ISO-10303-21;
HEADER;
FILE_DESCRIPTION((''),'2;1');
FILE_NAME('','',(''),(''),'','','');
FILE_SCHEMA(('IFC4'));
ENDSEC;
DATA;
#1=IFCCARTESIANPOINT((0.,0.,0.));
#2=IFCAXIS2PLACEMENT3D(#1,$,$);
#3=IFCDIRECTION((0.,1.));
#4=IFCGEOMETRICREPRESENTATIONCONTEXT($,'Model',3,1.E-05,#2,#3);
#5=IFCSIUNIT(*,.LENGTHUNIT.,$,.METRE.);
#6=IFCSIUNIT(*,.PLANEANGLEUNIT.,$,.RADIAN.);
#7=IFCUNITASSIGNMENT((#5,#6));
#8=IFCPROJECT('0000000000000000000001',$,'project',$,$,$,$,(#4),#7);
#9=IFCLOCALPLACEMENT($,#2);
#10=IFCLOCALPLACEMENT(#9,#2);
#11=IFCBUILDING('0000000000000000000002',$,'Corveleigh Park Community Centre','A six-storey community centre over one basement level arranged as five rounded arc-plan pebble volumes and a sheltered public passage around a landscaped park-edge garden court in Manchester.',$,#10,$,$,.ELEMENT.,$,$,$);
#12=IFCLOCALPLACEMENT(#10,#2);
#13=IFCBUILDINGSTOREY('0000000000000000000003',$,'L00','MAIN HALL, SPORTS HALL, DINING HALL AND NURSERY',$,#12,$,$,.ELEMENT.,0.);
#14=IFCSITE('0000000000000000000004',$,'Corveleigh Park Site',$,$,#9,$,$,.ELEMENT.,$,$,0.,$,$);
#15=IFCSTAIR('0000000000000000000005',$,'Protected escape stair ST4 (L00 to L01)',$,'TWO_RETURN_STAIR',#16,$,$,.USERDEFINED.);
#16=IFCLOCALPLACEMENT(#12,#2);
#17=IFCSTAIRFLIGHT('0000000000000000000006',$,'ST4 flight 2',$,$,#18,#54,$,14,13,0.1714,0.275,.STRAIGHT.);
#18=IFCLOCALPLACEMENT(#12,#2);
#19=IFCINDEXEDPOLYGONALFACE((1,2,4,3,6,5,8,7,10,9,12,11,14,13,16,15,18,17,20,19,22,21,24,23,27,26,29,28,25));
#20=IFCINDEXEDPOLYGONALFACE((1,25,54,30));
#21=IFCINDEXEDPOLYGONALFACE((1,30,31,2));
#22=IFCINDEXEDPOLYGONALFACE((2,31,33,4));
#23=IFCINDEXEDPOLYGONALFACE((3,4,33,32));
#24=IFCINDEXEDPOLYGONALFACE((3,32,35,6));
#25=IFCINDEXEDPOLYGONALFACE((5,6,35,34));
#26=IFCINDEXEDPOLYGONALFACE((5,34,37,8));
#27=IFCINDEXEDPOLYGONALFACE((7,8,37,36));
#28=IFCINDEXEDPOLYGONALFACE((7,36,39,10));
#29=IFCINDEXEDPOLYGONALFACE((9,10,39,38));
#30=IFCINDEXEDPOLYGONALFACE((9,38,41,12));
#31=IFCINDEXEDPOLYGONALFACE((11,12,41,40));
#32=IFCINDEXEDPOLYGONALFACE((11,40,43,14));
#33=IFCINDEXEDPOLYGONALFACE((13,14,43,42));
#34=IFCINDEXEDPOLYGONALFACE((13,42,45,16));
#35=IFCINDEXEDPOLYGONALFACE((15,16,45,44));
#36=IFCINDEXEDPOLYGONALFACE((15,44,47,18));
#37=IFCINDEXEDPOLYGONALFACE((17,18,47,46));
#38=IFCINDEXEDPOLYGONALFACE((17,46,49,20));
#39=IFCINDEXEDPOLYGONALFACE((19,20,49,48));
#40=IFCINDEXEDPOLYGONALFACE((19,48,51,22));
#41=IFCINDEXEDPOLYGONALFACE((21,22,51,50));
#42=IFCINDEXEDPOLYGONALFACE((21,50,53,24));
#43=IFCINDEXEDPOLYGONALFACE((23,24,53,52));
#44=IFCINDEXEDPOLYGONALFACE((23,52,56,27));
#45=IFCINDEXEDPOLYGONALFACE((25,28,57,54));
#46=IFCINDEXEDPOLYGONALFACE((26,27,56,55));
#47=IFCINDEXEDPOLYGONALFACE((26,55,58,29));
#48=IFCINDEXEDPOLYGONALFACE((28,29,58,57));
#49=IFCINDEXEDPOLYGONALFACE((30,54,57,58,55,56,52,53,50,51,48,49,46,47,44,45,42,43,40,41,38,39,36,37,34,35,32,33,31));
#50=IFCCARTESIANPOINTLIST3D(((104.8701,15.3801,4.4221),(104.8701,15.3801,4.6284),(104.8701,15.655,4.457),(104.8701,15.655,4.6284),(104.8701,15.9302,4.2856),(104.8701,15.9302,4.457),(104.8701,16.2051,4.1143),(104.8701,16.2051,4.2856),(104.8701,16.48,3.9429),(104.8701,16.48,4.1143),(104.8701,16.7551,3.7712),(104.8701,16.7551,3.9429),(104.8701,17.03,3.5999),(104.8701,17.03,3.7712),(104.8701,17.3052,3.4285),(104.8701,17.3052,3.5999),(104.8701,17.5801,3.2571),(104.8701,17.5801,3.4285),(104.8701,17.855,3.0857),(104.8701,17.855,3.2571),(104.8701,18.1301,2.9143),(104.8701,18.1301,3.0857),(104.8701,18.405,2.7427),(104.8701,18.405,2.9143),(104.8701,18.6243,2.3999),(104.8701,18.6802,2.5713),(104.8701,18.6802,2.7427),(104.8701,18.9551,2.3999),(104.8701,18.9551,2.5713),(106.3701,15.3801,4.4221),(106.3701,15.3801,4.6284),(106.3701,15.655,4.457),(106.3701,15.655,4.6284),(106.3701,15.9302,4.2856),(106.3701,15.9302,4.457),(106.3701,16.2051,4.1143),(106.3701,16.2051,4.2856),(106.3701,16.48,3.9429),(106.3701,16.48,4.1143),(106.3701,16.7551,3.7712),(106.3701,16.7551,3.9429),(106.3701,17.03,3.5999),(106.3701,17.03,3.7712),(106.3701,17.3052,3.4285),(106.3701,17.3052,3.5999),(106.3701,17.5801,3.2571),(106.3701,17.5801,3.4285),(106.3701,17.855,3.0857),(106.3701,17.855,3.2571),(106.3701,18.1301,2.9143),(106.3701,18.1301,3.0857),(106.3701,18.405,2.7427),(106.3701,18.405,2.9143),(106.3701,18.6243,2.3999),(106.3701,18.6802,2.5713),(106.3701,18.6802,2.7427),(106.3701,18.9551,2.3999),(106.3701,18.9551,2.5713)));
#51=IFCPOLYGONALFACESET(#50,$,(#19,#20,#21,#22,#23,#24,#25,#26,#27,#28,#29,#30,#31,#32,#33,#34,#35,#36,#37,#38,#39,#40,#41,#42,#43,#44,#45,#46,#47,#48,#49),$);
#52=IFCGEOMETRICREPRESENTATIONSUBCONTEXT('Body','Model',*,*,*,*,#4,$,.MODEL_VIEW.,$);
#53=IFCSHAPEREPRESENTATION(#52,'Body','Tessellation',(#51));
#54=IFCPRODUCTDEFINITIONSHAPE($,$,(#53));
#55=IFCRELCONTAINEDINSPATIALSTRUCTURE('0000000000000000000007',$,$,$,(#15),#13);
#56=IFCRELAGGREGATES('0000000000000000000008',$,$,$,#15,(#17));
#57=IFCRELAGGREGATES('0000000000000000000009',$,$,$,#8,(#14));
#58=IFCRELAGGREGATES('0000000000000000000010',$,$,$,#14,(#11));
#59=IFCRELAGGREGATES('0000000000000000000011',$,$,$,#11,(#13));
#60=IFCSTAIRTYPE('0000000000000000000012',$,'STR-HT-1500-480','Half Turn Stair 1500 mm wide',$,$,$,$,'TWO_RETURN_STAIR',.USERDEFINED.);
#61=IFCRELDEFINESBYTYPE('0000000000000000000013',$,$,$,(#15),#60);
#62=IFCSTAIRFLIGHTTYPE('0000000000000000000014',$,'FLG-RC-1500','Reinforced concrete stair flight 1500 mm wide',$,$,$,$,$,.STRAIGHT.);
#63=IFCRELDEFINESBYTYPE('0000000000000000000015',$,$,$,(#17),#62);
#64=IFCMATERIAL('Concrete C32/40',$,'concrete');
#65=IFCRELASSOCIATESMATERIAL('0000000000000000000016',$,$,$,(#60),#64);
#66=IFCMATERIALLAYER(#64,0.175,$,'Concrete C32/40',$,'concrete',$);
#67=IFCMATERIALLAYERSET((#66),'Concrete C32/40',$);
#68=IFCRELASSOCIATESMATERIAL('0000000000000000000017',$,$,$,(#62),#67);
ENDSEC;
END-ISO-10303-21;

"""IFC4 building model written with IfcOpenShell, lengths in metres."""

from ifc_helpers import new_model, si_unit, direction, frame, origin, place, context, subcontext, project, spatial, polyline, outline, extrude, material, layer, layer_set, type_object, element, aggregate, save


model = new_model("IFC4")

# Units and contexts
model_context = context("Model", 3, precision=1e-05, world=origin(), true_north=direction((0.0, 1.0)))
body_context = subcontext(model_context, "Body", "Model", "MODEL_VIEW")
ifc_project = project(units=[si_unit("LENGTHUNIT", "METRE"), si_unit("PLANEANGLEUNIT", "RADIAN")], contexts=[model_context])

# Site, building, storey
site_placement = place(None, origin())
site = spatial("IfcSite", under=ifc_project, at=site_placement, Name="Corveleigh Park Site", CompositionType="ELEMENT", RefElevation=0.0)
building_placement = place(site_placement, origin())
building = spatial("IfcBuilding", under=site, at=building_placement, Name="Corveleigh Park Community Centre", Description="A six-storey community centre over one basement level arranged as five rounded arc-plan pebble volumes and a sheltered public passage around a landscaped park-edge garden court in Manchester.", CompositionType="ELEMENT")
storey_placement = place(building_placement, origin())
storey = spatial("IfcBuildingStorey", under=building, at=storey_placement, Name="L00", Description="MAIN HALL, SPORTS HALL, DINING HALL AND NURSERY", CompositionType="ELEMENT", Elevation=0.0)

# Stair, stair flight
ifc_material_1 = material(Name="Concrete C32/40", Category="concrete")
stair_type = type_object("IfcStairType", Name="STR-HT-1500-480", Description="Half Turn Stair 1500 mm wide", ElementType="TWO_RETURN_STAIR", PredefinedType="USERDEFINED", material=ifc_material_1)
stair_placement = place(storey_placement, origin())
stair = element("IfcStair", 1, at=stair_placement, inside=storey, type_object=stair_type, Name="Protected escape stair ST4 (L00 to L01)", ObjectType="TWO_RETURN_STAIR", PredefinedType="USERDEFINED")
ifc_layer_1 = layer(ifc_material_1, 0.175, Name="Concrete C32/40", Category="concrete")
ifc_layer_set_1 = layer_set([ifc_layer_1], Name="Concrete C32/40")
stair_flight_type = type_object("IfcStairFlightType", Name="FLG-RC-1500", Description="Reinforced concrete stair flight 1500 mm wide", PredefinedType="STRAIGHT", material=ifc_layer_set_1)
stair_flight_placement = place(storey_placement, frame((105.6201, 18.9551, 2.3999), z_axis=(0.0, 0.0, 1.0), x_axis=(0.0, -1.0, 0.0)))
stair_flight = element("IfcStairFlight", 2, at=stair_flight_placement, type_object=stair_flight_type, Name="ST4 flight 2", NumberOfRisers=14, NumberOfTreads=13, PredefinedType="STRAIGHT", RiserHeight=0.1714, TreadLength=0.275, context=body_context, shape_type="SweptSolid", body=[
    extrude(outline(polyline([(0.0, 0.0), (0.0, 0.1714), (0.2749, 0.1714), (0.2749, 0.3428), (0.55, 0.3428), (0.55, 0.5144), (0.825, 0.5144), (0.825, 0.6858), (1.1001, 0.6858), (1.1001, 0.8572), (1.375, 0.8572), (1.375, 1.0286), (1.6499, 1.0286), (1.6499, 1.2), (1.925, 1.2), (1.925, 1.3713), (2.2, 1.3713), (2.2, 1.543), (2.4751, 1.543), (2.4751, 1.7144), (2.75, 1.7144), (2.75, 1.8857), (3.0249, 1.8857), (3.0249, 2.0571), (3.3, 2.0571), (3.3, 2.2285), (3.575, 2.2285), (3.575, 2.3999), (3.575, 2.0222), (0.3308, 0.0), (0.0, 0.0)])), frame((0.0, 0.75, 0.0), z_axis=(0.0, -1.0, 0.0), x_axis=(1.0, 0.0, 0.0)), (0.0, 0.0, 1.0), 1.5),
])
aggregate(stair, [stair_flight])

save(model, "model.ifc")
